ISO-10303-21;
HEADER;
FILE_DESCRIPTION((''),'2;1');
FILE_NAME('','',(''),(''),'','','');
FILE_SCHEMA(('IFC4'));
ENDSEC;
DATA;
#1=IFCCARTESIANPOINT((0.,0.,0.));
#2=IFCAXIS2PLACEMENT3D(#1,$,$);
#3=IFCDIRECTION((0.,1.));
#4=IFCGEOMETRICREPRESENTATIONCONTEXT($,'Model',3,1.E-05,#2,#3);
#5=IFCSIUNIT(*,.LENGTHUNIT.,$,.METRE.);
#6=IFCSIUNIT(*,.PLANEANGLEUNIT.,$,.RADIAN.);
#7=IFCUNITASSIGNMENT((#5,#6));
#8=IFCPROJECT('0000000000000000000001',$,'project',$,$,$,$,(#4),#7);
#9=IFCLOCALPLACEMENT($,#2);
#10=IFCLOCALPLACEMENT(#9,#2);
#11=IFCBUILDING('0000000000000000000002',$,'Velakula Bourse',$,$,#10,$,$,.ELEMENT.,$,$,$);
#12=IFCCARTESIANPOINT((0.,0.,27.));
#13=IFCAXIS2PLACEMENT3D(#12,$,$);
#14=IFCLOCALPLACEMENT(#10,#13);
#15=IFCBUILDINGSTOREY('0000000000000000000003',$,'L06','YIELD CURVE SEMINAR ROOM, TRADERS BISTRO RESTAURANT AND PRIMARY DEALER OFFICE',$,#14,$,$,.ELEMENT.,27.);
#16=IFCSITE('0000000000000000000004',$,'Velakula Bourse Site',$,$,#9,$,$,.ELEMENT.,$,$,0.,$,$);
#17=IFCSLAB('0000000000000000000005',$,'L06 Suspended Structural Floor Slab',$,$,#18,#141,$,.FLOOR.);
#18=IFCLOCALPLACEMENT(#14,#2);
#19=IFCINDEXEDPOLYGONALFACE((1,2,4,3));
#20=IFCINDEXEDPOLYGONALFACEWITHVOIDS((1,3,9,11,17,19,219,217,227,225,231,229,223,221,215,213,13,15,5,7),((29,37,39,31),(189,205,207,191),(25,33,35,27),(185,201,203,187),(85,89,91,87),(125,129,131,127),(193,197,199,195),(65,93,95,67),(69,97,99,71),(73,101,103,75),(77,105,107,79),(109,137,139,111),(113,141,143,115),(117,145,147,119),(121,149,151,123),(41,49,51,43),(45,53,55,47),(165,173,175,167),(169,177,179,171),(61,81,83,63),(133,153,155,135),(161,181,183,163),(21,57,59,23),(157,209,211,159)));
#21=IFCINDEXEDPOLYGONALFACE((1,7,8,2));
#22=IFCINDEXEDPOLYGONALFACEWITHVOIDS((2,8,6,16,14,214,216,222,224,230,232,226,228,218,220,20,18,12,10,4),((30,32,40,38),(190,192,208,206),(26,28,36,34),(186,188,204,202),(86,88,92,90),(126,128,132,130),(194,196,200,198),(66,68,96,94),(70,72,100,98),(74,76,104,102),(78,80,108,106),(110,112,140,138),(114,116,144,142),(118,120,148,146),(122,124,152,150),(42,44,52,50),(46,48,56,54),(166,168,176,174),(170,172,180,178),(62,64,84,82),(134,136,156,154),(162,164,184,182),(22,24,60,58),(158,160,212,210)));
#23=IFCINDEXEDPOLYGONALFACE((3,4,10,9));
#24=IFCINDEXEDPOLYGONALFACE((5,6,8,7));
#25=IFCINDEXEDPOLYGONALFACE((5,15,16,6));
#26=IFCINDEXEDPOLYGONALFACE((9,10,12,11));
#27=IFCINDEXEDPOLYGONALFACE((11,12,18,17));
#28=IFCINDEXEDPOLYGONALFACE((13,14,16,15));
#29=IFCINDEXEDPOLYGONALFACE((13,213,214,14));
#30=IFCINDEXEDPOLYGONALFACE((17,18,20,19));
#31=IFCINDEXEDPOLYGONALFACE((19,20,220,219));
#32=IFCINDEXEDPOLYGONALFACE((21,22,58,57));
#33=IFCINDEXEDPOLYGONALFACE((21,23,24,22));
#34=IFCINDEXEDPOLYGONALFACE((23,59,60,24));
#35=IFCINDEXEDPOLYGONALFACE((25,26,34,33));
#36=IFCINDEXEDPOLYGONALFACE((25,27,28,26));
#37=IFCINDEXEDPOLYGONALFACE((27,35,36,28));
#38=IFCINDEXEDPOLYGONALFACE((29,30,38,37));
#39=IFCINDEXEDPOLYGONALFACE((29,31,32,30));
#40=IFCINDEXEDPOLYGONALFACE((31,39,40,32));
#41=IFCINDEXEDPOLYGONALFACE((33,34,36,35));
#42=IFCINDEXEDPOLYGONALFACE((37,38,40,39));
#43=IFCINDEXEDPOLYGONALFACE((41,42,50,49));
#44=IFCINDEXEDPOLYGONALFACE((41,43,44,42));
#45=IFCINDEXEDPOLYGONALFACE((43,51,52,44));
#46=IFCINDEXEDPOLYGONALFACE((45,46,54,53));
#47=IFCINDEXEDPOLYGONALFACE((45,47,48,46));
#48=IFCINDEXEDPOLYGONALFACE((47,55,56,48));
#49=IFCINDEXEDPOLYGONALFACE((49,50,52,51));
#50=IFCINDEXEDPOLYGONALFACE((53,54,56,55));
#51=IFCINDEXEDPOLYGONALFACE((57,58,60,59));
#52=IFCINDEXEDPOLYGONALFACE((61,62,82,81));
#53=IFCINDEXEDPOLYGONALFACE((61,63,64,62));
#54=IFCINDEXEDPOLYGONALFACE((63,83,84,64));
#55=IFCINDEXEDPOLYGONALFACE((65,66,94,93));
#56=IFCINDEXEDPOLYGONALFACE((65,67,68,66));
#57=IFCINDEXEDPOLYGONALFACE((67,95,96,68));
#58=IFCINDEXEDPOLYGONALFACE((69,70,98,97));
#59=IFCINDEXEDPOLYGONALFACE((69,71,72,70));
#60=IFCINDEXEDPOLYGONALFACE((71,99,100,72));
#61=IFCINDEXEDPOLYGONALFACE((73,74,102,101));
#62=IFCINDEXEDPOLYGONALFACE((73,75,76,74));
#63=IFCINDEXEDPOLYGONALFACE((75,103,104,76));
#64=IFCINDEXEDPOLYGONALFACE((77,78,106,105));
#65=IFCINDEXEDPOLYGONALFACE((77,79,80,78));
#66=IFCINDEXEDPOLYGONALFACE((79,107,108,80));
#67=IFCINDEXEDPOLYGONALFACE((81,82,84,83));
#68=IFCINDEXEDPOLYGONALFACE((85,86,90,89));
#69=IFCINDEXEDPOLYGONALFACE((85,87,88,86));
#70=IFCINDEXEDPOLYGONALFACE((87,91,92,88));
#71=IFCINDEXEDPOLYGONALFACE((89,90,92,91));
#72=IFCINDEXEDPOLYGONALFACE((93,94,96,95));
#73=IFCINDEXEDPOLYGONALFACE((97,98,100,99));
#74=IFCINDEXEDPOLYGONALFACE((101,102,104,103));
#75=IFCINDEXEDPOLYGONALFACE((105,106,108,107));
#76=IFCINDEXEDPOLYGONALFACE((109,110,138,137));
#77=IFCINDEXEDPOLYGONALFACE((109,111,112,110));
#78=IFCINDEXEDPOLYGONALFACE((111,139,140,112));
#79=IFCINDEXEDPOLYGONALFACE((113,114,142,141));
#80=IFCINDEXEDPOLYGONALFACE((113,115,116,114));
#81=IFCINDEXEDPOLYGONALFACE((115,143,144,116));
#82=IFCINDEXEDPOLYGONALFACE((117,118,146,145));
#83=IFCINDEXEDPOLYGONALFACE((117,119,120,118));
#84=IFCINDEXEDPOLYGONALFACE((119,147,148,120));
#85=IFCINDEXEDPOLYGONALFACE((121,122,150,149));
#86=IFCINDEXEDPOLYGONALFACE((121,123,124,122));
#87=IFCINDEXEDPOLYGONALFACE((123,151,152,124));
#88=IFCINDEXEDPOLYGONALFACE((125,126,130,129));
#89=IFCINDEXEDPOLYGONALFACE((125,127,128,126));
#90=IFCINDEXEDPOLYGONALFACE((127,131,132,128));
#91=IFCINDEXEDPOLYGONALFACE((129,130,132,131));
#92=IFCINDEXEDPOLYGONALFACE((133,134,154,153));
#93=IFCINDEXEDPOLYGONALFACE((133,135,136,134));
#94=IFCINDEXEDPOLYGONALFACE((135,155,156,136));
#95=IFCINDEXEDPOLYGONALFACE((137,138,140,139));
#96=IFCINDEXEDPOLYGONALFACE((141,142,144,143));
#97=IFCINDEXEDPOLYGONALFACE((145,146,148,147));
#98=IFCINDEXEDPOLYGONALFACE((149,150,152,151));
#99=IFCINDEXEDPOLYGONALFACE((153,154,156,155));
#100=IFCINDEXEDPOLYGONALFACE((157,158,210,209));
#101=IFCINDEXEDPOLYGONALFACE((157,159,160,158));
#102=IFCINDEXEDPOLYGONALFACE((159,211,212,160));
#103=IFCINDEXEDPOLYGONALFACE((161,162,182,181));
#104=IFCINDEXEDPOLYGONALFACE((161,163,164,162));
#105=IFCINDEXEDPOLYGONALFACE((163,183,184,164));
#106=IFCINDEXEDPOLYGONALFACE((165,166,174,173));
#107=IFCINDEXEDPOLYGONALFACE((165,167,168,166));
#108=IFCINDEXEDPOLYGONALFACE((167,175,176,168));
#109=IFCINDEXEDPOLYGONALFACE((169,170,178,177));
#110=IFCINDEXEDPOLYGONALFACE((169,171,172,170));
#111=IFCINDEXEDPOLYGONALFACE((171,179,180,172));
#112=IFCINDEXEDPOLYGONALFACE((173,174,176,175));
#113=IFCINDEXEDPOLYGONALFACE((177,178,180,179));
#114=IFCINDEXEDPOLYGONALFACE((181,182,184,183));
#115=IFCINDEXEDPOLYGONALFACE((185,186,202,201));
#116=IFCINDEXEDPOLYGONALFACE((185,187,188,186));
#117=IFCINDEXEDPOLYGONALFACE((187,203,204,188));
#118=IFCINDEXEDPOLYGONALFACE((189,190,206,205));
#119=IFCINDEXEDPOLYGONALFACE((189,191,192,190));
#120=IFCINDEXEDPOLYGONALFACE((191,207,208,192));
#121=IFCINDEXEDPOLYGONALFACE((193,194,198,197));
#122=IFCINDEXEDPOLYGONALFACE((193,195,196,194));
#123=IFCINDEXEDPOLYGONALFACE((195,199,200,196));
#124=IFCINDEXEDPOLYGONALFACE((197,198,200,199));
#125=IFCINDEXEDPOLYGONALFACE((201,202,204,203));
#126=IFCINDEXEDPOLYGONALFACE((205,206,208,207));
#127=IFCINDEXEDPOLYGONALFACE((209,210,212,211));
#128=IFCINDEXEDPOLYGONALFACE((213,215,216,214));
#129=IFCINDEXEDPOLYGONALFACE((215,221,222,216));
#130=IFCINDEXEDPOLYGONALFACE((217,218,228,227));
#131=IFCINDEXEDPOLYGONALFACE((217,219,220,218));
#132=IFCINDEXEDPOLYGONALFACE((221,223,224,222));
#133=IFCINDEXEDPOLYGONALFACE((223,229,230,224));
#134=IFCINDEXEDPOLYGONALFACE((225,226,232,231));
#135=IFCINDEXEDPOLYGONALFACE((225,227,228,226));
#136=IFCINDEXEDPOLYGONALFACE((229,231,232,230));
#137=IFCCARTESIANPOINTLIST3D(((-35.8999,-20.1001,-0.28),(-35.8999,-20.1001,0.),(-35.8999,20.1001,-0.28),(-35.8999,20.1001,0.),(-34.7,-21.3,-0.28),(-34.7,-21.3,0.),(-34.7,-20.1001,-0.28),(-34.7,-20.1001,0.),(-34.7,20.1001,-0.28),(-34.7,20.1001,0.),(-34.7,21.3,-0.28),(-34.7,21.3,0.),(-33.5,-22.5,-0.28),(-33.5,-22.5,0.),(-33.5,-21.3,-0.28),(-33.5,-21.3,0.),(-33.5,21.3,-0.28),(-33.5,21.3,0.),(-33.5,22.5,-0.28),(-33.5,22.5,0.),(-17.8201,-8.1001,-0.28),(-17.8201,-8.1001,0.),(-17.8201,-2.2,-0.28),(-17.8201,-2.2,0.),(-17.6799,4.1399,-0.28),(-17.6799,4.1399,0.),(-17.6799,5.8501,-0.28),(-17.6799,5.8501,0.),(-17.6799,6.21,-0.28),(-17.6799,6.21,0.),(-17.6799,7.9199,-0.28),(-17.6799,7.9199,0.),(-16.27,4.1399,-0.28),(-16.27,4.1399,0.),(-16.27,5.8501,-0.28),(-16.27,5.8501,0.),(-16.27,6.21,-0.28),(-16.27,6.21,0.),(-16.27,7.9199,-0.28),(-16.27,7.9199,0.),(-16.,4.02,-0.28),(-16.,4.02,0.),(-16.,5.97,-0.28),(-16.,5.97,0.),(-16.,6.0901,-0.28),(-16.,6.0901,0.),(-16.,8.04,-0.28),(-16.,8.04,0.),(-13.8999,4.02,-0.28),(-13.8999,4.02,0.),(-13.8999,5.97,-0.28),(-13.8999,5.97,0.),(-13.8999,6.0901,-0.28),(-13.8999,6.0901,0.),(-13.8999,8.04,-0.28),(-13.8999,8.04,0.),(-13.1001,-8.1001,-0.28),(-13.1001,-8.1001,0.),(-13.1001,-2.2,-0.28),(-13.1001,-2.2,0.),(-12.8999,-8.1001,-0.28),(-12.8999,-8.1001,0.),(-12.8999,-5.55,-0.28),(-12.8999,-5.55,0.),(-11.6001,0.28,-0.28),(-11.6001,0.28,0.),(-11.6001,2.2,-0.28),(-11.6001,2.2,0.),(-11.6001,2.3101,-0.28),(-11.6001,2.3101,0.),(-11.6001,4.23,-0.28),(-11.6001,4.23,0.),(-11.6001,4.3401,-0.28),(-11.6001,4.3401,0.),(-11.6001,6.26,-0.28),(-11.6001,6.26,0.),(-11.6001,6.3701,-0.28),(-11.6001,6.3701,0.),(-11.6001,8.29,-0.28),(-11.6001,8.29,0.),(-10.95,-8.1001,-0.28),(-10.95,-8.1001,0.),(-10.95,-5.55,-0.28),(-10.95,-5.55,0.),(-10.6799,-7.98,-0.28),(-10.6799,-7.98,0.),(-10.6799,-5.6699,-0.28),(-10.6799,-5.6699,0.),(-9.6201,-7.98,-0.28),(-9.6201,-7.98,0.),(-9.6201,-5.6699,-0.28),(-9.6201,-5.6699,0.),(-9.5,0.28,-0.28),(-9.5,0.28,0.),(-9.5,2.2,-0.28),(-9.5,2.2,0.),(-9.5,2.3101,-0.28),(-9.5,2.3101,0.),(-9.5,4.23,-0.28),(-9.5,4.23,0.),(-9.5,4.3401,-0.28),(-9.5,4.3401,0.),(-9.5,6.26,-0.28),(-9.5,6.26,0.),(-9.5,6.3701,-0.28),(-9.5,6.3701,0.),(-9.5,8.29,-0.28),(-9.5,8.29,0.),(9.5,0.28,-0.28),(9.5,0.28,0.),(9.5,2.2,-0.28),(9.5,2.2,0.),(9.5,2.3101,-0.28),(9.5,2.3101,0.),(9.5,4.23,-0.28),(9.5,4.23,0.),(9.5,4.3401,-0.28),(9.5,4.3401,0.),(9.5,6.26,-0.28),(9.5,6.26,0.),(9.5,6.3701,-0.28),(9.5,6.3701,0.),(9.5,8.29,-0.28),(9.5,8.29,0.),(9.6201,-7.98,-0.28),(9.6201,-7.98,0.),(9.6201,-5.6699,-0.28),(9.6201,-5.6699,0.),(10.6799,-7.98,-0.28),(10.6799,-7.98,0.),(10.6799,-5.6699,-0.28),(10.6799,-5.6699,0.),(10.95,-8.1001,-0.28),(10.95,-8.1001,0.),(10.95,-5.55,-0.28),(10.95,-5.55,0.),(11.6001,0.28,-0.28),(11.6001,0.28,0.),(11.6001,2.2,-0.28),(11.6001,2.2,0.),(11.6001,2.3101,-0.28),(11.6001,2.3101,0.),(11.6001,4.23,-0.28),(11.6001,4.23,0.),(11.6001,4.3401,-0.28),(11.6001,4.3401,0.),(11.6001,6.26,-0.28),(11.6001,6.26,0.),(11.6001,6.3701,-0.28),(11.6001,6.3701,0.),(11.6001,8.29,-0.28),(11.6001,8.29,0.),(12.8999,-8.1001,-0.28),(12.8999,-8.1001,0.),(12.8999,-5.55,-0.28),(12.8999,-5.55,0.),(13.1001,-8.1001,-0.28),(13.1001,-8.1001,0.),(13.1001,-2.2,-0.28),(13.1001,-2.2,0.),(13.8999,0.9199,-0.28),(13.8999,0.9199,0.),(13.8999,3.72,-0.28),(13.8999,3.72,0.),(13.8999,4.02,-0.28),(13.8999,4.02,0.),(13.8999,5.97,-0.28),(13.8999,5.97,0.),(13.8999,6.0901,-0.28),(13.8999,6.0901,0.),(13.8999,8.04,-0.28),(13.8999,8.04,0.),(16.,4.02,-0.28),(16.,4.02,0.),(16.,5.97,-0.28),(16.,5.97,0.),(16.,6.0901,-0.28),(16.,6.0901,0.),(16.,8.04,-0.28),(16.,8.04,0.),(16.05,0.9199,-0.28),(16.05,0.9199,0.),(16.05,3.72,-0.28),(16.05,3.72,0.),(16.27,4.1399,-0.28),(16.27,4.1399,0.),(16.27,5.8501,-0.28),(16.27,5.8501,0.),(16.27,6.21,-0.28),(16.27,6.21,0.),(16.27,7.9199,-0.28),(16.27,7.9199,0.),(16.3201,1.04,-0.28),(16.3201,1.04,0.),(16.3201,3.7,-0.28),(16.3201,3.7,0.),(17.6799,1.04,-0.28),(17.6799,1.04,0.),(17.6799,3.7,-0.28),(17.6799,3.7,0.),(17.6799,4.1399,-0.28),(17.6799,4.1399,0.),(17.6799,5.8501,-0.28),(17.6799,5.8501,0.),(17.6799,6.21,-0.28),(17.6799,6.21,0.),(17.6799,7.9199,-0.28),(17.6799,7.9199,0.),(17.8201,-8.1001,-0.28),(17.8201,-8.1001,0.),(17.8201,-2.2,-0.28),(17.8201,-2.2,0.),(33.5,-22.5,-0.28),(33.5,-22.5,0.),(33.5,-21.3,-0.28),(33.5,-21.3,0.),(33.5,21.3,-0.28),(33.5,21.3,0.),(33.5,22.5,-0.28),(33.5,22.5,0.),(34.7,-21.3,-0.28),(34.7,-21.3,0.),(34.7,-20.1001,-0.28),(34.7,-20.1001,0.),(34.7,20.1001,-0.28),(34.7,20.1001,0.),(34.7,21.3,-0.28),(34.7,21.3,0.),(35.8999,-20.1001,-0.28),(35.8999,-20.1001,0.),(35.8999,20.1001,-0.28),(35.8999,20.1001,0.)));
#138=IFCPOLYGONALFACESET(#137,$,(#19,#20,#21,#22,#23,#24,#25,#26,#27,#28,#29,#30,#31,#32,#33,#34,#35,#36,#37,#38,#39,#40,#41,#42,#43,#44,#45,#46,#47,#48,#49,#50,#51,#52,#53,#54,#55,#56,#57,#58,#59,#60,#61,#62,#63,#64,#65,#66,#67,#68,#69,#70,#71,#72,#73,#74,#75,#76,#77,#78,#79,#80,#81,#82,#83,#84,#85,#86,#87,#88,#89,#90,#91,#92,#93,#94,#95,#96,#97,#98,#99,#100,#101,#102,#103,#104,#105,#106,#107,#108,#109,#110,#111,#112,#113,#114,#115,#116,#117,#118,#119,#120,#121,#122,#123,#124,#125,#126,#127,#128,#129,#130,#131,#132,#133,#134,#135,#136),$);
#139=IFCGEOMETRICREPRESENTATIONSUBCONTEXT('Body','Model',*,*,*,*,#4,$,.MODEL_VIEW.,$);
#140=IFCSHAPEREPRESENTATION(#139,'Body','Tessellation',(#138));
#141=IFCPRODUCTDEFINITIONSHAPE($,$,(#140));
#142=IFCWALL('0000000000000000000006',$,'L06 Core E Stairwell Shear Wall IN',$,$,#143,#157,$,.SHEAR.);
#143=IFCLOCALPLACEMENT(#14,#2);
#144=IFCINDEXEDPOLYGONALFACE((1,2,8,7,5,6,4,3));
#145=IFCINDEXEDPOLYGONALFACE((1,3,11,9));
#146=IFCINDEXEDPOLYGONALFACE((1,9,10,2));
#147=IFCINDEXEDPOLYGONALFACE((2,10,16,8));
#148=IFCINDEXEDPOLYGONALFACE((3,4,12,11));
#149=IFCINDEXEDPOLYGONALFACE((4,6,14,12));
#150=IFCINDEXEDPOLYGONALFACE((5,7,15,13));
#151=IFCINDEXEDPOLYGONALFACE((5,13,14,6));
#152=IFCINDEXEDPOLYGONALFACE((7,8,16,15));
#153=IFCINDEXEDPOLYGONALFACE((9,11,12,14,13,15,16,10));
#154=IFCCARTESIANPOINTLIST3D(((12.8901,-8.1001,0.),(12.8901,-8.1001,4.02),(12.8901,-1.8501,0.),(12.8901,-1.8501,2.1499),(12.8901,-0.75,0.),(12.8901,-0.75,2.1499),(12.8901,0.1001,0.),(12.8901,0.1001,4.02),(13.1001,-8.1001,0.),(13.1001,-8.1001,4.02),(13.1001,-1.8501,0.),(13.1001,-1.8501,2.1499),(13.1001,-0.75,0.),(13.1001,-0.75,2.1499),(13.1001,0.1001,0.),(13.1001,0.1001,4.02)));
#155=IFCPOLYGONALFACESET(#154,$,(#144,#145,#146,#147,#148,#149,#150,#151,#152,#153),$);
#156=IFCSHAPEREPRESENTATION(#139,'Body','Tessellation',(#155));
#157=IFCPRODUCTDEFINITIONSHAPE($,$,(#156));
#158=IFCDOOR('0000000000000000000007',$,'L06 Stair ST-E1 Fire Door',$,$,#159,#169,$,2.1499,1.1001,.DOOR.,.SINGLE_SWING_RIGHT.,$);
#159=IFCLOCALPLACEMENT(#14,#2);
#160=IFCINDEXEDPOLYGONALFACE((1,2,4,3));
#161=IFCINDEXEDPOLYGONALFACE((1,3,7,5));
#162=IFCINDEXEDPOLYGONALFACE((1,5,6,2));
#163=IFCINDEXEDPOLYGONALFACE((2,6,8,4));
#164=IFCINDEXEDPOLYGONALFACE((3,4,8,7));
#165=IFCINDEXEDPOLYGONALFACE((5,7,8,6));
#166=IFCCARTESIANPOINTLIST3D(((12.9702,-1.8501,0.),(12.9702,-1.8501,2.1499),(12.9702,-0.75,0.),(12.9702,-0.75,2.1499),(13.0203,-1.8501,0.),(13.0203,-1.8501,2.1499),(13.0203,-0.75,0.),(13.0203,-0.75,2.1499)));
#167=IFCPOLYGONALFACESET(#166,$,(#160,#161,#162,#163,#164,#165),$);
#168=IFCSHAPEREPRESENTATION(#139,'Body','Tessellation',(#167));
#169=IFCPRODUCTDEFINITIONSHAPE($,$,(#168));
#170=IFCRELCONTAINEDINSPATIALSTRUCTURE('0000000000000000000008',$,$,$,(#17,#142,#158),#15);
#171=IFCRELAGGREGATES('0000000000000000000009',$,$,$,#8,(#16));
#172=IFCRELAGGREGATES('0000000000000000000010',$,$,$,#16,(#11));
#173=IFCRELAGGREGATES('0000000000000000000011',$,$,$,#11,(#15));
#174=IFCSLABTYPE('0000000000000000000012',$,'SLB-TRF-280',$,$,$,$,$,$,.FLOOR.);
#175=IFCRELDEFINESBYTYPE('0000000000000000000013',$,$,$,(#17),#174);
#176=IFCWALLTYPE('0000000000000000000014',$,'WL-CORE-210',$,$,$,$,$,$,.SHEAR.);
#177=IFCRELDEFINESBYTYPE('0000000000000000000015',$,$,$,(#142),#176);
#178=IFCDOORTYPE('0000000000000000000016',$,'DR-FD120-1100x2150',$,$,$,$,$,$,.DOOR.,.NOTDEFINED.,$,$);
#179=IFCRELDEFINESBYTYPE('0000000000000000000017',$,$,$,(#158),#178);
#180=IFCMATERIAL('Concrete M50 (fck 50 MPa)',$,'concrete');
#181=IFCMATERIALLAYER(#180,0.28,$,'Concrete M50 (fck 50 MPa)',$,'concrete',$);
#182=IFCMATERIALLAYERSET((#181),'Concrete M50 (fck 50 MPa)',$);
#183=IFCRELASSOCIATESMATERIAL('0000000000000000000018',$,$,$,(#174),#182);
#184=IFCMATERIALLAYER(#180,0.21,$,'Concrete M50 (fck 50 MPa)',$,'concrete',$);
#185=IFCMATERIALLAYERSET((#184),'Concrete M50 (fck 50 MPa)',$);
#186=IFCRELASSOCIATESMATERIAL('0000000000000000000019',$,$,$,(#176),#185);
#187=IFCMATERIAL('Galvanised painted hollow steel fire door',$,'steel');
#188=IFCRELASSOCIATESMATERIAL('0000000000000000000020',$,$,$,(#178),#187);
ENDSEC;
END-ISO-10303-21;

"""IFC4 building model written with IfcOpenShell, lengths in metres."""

from ifc_helpers import new_model, si_unit, direction, frame, frame_2d, origin, place, context, subcontext, project, spatial, polyline, rectangle, outline, extrude, material, layer, layer_set, type_object, element, fill, save


model = new_model("IFC4")

# Units and contexts
model_context = context("Model", 3, precision=1e-05, world=origin(), true_north=direction((0.0, 1.0)))
body_context = subcontext(model_context, "Body", "Model", "MODEL_VIEW")
ifc_project = project(units=[si_unit("LENGTHUNIT", "METRE"), si_unit("PLANEANGLEUNIT", "RADIAN")], contexts=[model_context])

# Site, building, storey
site_placement = place(None, origin())
site = spatial("IfcSite", under=ifc_project, at=site_placement, Name="Velakula Bourse Site", CompositionType="ELEMENT", RefElevation=0.0)
building_placement = place(site_placement, origin())
building = spatial("IfcBuilding", under=site, at=building_placement, Name="Velakula Bourse", CompositionType="ELEMENT")
storey_placement = place(building_placement, frame((0.0, 0.0, 27.0)))
storey = spatial("IfcBuildingStorey", under=building, at=storey_placement, Name="L06", Description="YIELD CURVE SEMINAR ROOM, TRADERS BISTRO RESTAURANT AND PRIMARY DEALER OFFICE", CompositionType="ELEMENT", Elevation=27.0)

# Slab
ifc_material_1 = material(Name="Concrete M50 (fck 50 MPa)", Category="concrete")
ifc_layer_1 = layer(ifc_material_1, 0.28, Name="Concrete M50 (fck 50 MPa)", Category="concrete")
ifc_layer_set_1 = layer_set([ifc_layer_1], Name="Concrete M50 (fck 50 MPa)")
slab_type_1 = type_object("IfcSlabType", Name="SLB-TRF-280", PredefinedType="FLOOR", material=ifc_layer_set_1)
slab_1_placement = place(storey_placement, frame((0.0, 0.0, -0.28)))
element("IfcSlab", 1, at=slab_1_placement, inside=storey, type_object=slab_type_1, Name="L06 Suspended Structural Floor Slab", PredefinedType="FLOOR", context=body_context, shape_type="SweptSolid", body=[
    extrude(outline(polyline([(-33.5, -22.5), (33.5, -22.5), (33.5, -21.3), (34.7, -21.3), (34.7, -20.1001), (35.8999, -20.1001), (35.8999, 20.1001), (34.7, 20.1001), (34.7, 21.3), (33.5, 21.3), (33.5, 22.5), (-33.5, 22.5), (-33.5, 21.3), (-34.7, 21.3), (-34.7, 20.1001), (-35.8999, 20.1001), (-35.8999, -20.1001), (-34.7, -20.1001), (-34.7, -21.3), (-33.5, -21.3), (-33.5, -22.5)]), holes=[polyline([(-17.8201, -8.1001), (-13.1001, -8.1001), (-13.1001, -2.2), (-17.8201, -2.2), (-17.8201, -8.1001)]), polyline([(13.1001, -8.1001), (17.8201, -8.1001), (17.8201, -2.2), (13.1001, -2.2), (13.1001, -8.1001)]), polyline([(-12.8999, -8.1001), (-10.95, -8.1001), (-10.95, -5.55), (-12.8999, -5.55), (-12.8999, -8.1001)]), polyline([(10.95, -8.1001), (12.8999, -8.1001), (12.8999, -5.55), (10.95, -5.55), (10.95, -8.1001)]), polyline([(13.8999, 0.9199), (16.05, 0.9199), (16.05, 3.72), (13.8999, 3.72), (13.8999, 0.9199)]), polyline([(-10.6799, -7.98), (-9.6201, -7.98), (-9.6201, -5.6699), (-10.6799, -5.6699), (-10.6799, -7.98)]), polyline([(-17.6799, 4.1399), (-16.27, 4.1399), (-16.27, 5.8501), (-17.6799, 5.8501), (-17.6799, 4.1399)]), polyline([(-17.6799, 6.21), (-16.27, 6.21), (-16.27, 7.9199), (-17.6799, 7.9199), (-17.6799, 6.21)]), polyline([(9.6201, -7.98), (10.6799, -7.98), (10.6799, -5.6699), (9.6201, -5.6699), (9.6201, -7.98)]), polyline([(16.27, 4.1399), (17.6799, 4.1399), (17.6799, 5.8501), (16.27, 5.8501), (16.27, 4.1399)]), polyline([(16.27, 6.21), (17.6799, 6.21), (17.6799, 7.9199), (16.27, 7.9199), (16.27, 6.21)]), polyline([(16.3201, 1.04), (17.6799, 1.04), (17.6799, 3.7), (16.3201, 3.7), (16.3201, 1.04)]), polyline([(-11.6001, 0.28), (-9.5, 0.28), (-9.5, 2.2), (-11.6001, 2.2), (-11.6001, 0.28)]), polyline([(-11.6001, 2.3101), (-9.5, 2.3101), (-9.5, 4.23), (-11.6001, 4.23), (-11.6001, 2.3101)]), polyline([(-11.6001, 4.3401), (-9.5, 4.3401), (-9.5, 6.26), (-11.6001, 6.26), (-11.6001, 4.3401)]), polyline([(-11.6001, 6.3701), (-9.5, 6.3701), (-9.5, 8.29), (-11.6001, 8.29), (-11.6001, 6.3701)]), polyline([(9.5, 0.28), (11.6001, 0.28), (11.6001, 2.2), (9.5, 2.2), (9.5, 0.28)]), polyline([(9.5, 2.3101), (11.6001, 2.3101), (11.6001, 4.23), (9.5, 4.23), (9.5, 2.3101)]), polyline([(9.5, 4.3401), (11.6001, 4.3401), (11.6001, 6.26), (9.5, 6.26), (9.5, 4.3401)]), polyline([(9.5, 6.3701), (11.6001, 6.3701), (11.6001, 8.29), (9.5, 8.29), (9.5, 6.3701)]), polyline([(-16.0, 4.02), (-13.8999, 4.02), (-13.8999, 5.97), (-16.0, 5.97), (-16.0, 4.02)]), polyline([(-16.0, 6.0901), (-13.8999, 6.0901), (-13.8999, 8.04), (-16.0, 8.04), (-16.0, 6.0901)]), polyline([(13.8999, 4.02), (16.0, 4.02), (16.0, 5.97), (13.8999, 5.97), (13.8999, 4.02)]), polyline([(13.8999, 6.0901), (16.0, 6.0901), (16.0, 8.04), (13.8999, 8.04), (13.8999, 6.0901)])]), origin(), (0.0, 0.0, 1.0), 0.28),
])

# Wall, opening, door
ifc_layer_2 = layer(ifc_material_1, 0.21, Name="Concrete M50 (fck 50 MPa)", Category="concrete")
ifc_layer_set_2 = layer_set([ifc_layer_2], Name="Concrete M50 (fck 50 MPa)")
wall_type_1 = type_object("IfcWallType", Name="WL-CORE-210", PredefinedType="SHEAR", material=ifc_layer_set_2)
wall_1_placement = place(storey_placement, frame((12.9951, -8.1001, 0.0), z_axis=(0.0, 0.0, 1.0), x_axis=(0.0, 1.0, 0.0)))
wall_1 = element("IfcWall", 2, at=wall_1_placement, inside=storey, type_object=wall_type_1, Name="L06 Core E Stairwell Shear Wall IN", PredefinedType="SHEAR", context=body_context, shape_type="SweptSolid", body=[
    extrude(rectangle(XDim=8.2002, YDim=0.21, at=frame_2d((4.1001, 0.0))), origin(), (0.0, 0.0, 1.0), 4.02),
])
opening_1_placement = place(wall_1_placement, frame((6.25, 0.0, 0.0)))
opening_1 = element("IfcOpeningElement", 3, at=opening_1_placement, cuts=wall_1, PredefinedType="OPENING", context=body_context, shape_type="SweptSolid", body=[
    extrude(rectangle(XDim=1.1001, YDim=2.1499, at=frame_2d((0.55, 1.075))), frame((0.0, 0.115, 0.0), z_axis=(0.0, -1.0, 0.0), x_axis=(1.0, 0.0, 0.0)), (0.0, 0.0, 1.0), 0.23),
])
ifc_material_2 = material(Name="Galvanised painted hollow steel fire door", Category="steel")
door_type_1 = type_object("IfcDoorType", Name="DR-FD120-1100x2150", OperationType="NOTDEFINED", PredefinedType="DOOR", material=ifc_material_2)
door_1_placement = place(opening_1_placement, origin())
door_1 = element("IfcDoor", 4, at=door_1_placement, inside=storey, type_object=door_type_1, Name="L06 Stair ST-E1 Fire Door", OperationType="SINGLE_SWING_RIGHT", OverallHeight=2.1499, OverallWidth=1.1001, PredefinedType="DOOR", context=body_context, shape_type="SweptSolid", body=[
    extrude(rectangle(XDim=1.1001, YDim=2.1499, at=frame_2d((0.55, 1.075))), frame((0.0, 0.0249, 0.0), z_axis=(0.0, -1.0, 0.0), x_axis=(1.0, 0.0, 0.0)), (0.0, 0.0, 1.0), 0.05),
])
fill(opening_1, door_1)

save(model, "model.ifc")
